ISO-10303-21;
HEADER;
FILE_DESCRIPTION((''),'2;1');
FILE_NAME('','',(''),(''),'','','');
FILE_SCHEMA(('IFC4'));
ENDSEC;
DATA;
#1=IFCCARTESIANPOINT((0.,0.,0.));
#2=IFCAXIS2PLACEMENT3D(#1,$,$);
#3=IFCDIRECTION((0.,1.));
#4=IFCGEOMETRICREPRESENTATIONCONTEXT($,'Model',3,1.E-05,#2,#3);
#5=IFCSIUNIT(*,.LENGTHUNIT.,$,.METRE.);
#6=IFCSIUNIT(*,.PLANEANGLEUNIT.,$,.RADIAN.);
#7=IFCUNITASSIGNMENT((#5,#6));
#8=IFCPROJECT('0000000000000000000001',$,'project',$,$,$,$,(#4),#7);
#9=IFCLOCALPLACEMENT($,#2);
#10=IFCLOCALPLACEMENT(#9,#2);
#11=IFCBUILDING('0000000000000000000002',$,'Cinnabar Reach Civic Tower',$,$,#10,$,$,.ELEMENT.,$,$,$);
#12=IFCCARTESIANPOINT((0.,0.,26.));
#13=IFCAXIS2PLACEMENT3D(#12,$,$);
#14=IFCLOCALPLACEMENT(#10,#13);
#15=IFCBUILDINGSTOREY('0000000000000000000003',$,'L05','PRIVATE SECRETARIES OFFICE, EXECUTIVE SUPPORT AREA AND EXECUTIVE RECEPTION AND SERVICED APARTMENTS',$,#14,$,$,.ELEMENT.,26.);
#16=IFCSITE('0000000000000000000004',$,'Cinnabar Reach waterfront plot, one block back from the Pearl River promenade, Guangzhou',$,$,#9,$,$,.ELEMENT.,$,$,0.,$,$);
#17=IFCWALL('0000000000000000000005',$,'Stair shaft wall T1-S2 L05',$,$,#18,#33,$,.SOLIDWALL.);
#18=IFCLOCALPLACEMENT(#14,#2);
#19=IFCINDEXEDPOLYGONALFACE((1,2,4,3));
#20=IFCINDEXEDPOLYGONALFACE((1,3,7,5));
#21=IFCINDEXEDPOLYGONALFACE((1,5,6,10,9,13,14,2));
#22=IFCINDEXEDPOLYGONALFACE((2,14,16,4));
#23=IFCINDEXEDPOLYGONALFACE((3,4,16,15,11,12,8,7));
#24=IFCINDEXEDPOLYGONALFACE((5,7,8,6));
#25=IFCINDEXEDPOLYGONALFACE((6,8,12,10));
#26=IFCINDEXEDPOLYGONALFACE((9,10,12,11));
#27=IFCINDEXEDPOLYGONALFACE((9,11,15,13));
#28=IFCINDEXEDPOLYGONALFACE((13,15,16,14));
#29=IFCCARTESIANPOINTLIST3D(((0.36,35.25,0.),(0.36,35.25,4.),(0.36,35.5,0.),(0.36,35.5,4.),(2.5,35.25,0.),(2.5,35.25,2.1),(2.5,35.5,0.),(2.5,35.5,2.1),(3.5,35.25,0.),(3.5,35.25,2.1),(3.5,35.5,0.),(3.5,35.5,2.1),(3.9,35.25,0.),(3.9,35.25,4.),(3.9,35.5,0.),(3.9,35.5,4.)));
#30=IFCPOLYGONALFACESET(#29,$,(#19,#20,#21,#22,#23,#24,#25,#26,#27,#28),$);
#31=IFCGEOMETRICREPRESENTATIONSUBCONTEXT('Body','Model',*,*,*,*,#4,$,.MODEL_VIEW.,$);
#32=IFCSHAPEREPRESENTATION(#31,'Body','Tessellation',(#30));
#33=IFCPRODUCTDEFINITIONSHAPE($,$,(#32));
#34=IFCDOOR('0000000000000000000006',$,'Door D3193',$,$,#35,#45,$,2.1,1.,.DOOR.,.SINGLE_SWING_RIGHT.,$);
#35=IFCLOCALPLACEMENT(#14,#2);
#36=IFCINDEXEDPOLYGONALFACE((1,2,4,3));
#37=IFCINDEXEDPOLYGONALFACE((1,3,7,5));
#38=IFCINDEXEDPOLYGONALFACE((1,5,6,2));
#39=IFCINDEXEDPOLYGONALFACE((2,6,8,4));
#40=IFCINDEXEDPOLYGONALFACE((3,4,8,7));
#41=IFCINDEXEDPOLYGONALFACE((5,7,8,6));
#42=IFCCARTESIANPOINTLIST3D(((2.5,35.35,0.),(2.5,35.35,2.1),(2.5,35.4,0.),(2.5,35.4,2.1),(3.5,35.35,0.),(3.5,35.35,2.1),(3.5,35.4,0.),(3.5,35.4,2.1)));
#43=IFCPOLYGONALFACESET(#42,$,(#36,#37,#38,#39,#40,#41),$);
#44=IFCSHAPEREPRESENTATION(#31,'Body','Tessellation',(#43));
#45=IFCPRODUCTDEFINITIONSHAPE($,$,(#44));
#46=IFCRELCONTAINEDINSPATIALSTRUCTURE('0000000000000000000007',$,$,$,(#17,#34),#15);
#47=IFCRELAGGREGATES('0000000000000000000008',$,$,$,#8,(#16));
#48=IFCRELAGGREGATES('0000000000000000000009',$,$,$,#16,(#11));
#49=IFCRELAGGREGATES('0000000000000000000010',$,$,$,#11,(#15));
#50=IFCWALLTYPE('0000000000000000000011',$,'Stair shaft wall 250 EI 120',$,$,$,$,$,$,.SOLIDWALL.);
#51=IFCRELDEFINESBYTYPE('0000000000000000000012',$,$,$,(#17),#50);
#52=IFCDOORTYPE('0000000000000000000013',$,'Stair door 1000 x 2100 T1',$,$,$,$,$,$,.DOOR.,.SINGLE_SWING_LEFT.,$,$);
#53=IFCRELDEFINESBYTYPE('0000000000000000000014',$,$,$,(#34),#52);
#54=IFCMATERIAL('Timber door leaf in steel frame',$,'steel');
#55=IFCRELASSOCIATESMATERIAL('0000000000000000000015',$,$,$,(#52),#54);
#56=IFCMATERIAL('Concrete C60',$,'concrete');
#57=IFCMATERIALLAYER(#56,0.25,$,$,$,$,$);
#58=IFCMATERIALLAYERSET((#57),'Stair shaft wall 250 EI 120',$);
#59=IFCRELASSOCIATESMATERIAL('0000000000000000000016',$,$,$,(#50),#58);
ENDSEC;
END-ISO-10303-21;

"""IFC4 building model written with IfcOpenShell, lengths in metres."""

from ifc_helpers import new_model, si_unit, direction, frame, frame_2d, origin, place, context, subcontext, project, spatial, rectangle, extrude, material, layer, layer_set, type_object, element, fill, save


model = new_model("IFC4")

# Units and contexts
model_context = context("Model", 3, precision=1e-05, world=origin(), true_north=direction((0.0, 1.0)))
body_context = subcontext(model_context, "Body", "Model", "MODEL_VIEW")
ifc_project = project(units=[si_unit("LENGTHUNIT", "METRE"), si_unit("PLANEANGLEUNIT", "RADIAN")], contexts=[model_context])

# Site, building, storey
site_placement = place(None, origin())
site = spatial("IfcSite", under=ifc_project, at=site_placement, Name="Cinnabar Reach waterfront plot, one block back from the Pearl River promenade, Guangzhou", CompositionType="ELEMENT", RefElevation=0.0)
building_placement = place(site_placement, origin())
building = spatial("IfcBuilding", under=site, at=building_placement, Name="Cinnabar Reach Civic Tower", CompositionType="ELEMENT")
storey_placement = place(building_placement, frame((0.0, 0.0, 26.0)))
storey = spatial("IfcBuildingStorey", under=building, at=storey_placement, Name="L05", Description="PRIVATE SECRETARIES OFFICE, EXECUTIVE SUPPORT AREA AND EXECUTIVE RECEPTION AND SERVICED APARTMENTS", CompositionType="ELEMENT", Elevation=26.0)

# Shared definitions
ifc_material_1 = material(Name="Concrete C60", Category="concrete")

# Shared definitions
ifc_material_2 = material(Name="Timber door leaf in steel frame", Category="steel")
door_type_1 = type_object("IfcDoorType", Name="Stair door 1000 x 2100 T1", OperationType="SINGLE_SWING_LEFT", PredefinedType="DOOR", material=ifc_material_2)

# Wall, opening, door
ifc_layer_1 = layer(ifc_material_1, 0.25)
ifc_layer_set_1 = layer_set([ifc_layer_1], Name="Stair shaft wall 250 EI 120")
wall_type_1 = type_object("IfcWallType", Name="Stair shaft wall 250 EI 120", PredefinedType="SOLIDWALL", material=ifc_layer_set_1)
wall_1_placement = place(storey_placement, frame((0.36, 35.375, 0.0), z_axis=(0.0, 0.0, 1.0), x_axis=(1.0, 0.0, 0.0)))
wall_1 = element("IfcWall", 1, at=wall_1_placement, inside=storey, type_object=wall_type_1, Name="Stair shaft wall T1-S2 L05", PredefinedType="SOLIDWALL", context=body_context, shape_type="SweptSolid", body=[
    extrude(rectangle(XDim=3.54, YDim=0.25, at=frame_2d((1.77, 0.0))), origin(), (0.0, 0.0, 1.0), 4.0),
])
opening_1_placement = place(wall_1_placement, frame((2.14, 0.0, 0.0)))
opening_1 = element("IfcOpeningElement", 2, at=opening_1_placement, cuts=wall_1, PredefinedType="OPENING", context=body_context, shape_type="SweptSolid", body=[
    extrude(rectangle(XDim=1.0, YDim=2.1, at=frame_2d((0.5, 1.05))), frame((0.0, 0.135, 0.0), z_axis=(0.0, -1.0, 0.0), x_axis=(1.0, 0.0, 0.0)), (0.0, 0.0, 1.0), 0.27),
])
door_1_placement = place(opening_1_placement, origin())
door_1 = element("IfcDoor", 3, at=door_1_placement, inside=storey, type_object=door_type_1, Name="Door D3193", OperationType="SINGLE_SWING_RIGHT", OverallHeight=2.1, OverallWidth=1.0, PredefinedType="DOOR", context=body_context, shape_type="SweptSolid", body=[
    extrude(rectangle(XDim=1.0, YDim=2.1, at=frame_2d((0.5, 1.05))), frame((0.0, 0.025, 0.0), z_axis=(0.0, -1.0, 0.0), x_axis=(1.0, 0.0, 0.0)), (0.0, 0.0, 1.0), 0.05),
])
fill(opening_1, door_1)

save(model, "model.ifc")
